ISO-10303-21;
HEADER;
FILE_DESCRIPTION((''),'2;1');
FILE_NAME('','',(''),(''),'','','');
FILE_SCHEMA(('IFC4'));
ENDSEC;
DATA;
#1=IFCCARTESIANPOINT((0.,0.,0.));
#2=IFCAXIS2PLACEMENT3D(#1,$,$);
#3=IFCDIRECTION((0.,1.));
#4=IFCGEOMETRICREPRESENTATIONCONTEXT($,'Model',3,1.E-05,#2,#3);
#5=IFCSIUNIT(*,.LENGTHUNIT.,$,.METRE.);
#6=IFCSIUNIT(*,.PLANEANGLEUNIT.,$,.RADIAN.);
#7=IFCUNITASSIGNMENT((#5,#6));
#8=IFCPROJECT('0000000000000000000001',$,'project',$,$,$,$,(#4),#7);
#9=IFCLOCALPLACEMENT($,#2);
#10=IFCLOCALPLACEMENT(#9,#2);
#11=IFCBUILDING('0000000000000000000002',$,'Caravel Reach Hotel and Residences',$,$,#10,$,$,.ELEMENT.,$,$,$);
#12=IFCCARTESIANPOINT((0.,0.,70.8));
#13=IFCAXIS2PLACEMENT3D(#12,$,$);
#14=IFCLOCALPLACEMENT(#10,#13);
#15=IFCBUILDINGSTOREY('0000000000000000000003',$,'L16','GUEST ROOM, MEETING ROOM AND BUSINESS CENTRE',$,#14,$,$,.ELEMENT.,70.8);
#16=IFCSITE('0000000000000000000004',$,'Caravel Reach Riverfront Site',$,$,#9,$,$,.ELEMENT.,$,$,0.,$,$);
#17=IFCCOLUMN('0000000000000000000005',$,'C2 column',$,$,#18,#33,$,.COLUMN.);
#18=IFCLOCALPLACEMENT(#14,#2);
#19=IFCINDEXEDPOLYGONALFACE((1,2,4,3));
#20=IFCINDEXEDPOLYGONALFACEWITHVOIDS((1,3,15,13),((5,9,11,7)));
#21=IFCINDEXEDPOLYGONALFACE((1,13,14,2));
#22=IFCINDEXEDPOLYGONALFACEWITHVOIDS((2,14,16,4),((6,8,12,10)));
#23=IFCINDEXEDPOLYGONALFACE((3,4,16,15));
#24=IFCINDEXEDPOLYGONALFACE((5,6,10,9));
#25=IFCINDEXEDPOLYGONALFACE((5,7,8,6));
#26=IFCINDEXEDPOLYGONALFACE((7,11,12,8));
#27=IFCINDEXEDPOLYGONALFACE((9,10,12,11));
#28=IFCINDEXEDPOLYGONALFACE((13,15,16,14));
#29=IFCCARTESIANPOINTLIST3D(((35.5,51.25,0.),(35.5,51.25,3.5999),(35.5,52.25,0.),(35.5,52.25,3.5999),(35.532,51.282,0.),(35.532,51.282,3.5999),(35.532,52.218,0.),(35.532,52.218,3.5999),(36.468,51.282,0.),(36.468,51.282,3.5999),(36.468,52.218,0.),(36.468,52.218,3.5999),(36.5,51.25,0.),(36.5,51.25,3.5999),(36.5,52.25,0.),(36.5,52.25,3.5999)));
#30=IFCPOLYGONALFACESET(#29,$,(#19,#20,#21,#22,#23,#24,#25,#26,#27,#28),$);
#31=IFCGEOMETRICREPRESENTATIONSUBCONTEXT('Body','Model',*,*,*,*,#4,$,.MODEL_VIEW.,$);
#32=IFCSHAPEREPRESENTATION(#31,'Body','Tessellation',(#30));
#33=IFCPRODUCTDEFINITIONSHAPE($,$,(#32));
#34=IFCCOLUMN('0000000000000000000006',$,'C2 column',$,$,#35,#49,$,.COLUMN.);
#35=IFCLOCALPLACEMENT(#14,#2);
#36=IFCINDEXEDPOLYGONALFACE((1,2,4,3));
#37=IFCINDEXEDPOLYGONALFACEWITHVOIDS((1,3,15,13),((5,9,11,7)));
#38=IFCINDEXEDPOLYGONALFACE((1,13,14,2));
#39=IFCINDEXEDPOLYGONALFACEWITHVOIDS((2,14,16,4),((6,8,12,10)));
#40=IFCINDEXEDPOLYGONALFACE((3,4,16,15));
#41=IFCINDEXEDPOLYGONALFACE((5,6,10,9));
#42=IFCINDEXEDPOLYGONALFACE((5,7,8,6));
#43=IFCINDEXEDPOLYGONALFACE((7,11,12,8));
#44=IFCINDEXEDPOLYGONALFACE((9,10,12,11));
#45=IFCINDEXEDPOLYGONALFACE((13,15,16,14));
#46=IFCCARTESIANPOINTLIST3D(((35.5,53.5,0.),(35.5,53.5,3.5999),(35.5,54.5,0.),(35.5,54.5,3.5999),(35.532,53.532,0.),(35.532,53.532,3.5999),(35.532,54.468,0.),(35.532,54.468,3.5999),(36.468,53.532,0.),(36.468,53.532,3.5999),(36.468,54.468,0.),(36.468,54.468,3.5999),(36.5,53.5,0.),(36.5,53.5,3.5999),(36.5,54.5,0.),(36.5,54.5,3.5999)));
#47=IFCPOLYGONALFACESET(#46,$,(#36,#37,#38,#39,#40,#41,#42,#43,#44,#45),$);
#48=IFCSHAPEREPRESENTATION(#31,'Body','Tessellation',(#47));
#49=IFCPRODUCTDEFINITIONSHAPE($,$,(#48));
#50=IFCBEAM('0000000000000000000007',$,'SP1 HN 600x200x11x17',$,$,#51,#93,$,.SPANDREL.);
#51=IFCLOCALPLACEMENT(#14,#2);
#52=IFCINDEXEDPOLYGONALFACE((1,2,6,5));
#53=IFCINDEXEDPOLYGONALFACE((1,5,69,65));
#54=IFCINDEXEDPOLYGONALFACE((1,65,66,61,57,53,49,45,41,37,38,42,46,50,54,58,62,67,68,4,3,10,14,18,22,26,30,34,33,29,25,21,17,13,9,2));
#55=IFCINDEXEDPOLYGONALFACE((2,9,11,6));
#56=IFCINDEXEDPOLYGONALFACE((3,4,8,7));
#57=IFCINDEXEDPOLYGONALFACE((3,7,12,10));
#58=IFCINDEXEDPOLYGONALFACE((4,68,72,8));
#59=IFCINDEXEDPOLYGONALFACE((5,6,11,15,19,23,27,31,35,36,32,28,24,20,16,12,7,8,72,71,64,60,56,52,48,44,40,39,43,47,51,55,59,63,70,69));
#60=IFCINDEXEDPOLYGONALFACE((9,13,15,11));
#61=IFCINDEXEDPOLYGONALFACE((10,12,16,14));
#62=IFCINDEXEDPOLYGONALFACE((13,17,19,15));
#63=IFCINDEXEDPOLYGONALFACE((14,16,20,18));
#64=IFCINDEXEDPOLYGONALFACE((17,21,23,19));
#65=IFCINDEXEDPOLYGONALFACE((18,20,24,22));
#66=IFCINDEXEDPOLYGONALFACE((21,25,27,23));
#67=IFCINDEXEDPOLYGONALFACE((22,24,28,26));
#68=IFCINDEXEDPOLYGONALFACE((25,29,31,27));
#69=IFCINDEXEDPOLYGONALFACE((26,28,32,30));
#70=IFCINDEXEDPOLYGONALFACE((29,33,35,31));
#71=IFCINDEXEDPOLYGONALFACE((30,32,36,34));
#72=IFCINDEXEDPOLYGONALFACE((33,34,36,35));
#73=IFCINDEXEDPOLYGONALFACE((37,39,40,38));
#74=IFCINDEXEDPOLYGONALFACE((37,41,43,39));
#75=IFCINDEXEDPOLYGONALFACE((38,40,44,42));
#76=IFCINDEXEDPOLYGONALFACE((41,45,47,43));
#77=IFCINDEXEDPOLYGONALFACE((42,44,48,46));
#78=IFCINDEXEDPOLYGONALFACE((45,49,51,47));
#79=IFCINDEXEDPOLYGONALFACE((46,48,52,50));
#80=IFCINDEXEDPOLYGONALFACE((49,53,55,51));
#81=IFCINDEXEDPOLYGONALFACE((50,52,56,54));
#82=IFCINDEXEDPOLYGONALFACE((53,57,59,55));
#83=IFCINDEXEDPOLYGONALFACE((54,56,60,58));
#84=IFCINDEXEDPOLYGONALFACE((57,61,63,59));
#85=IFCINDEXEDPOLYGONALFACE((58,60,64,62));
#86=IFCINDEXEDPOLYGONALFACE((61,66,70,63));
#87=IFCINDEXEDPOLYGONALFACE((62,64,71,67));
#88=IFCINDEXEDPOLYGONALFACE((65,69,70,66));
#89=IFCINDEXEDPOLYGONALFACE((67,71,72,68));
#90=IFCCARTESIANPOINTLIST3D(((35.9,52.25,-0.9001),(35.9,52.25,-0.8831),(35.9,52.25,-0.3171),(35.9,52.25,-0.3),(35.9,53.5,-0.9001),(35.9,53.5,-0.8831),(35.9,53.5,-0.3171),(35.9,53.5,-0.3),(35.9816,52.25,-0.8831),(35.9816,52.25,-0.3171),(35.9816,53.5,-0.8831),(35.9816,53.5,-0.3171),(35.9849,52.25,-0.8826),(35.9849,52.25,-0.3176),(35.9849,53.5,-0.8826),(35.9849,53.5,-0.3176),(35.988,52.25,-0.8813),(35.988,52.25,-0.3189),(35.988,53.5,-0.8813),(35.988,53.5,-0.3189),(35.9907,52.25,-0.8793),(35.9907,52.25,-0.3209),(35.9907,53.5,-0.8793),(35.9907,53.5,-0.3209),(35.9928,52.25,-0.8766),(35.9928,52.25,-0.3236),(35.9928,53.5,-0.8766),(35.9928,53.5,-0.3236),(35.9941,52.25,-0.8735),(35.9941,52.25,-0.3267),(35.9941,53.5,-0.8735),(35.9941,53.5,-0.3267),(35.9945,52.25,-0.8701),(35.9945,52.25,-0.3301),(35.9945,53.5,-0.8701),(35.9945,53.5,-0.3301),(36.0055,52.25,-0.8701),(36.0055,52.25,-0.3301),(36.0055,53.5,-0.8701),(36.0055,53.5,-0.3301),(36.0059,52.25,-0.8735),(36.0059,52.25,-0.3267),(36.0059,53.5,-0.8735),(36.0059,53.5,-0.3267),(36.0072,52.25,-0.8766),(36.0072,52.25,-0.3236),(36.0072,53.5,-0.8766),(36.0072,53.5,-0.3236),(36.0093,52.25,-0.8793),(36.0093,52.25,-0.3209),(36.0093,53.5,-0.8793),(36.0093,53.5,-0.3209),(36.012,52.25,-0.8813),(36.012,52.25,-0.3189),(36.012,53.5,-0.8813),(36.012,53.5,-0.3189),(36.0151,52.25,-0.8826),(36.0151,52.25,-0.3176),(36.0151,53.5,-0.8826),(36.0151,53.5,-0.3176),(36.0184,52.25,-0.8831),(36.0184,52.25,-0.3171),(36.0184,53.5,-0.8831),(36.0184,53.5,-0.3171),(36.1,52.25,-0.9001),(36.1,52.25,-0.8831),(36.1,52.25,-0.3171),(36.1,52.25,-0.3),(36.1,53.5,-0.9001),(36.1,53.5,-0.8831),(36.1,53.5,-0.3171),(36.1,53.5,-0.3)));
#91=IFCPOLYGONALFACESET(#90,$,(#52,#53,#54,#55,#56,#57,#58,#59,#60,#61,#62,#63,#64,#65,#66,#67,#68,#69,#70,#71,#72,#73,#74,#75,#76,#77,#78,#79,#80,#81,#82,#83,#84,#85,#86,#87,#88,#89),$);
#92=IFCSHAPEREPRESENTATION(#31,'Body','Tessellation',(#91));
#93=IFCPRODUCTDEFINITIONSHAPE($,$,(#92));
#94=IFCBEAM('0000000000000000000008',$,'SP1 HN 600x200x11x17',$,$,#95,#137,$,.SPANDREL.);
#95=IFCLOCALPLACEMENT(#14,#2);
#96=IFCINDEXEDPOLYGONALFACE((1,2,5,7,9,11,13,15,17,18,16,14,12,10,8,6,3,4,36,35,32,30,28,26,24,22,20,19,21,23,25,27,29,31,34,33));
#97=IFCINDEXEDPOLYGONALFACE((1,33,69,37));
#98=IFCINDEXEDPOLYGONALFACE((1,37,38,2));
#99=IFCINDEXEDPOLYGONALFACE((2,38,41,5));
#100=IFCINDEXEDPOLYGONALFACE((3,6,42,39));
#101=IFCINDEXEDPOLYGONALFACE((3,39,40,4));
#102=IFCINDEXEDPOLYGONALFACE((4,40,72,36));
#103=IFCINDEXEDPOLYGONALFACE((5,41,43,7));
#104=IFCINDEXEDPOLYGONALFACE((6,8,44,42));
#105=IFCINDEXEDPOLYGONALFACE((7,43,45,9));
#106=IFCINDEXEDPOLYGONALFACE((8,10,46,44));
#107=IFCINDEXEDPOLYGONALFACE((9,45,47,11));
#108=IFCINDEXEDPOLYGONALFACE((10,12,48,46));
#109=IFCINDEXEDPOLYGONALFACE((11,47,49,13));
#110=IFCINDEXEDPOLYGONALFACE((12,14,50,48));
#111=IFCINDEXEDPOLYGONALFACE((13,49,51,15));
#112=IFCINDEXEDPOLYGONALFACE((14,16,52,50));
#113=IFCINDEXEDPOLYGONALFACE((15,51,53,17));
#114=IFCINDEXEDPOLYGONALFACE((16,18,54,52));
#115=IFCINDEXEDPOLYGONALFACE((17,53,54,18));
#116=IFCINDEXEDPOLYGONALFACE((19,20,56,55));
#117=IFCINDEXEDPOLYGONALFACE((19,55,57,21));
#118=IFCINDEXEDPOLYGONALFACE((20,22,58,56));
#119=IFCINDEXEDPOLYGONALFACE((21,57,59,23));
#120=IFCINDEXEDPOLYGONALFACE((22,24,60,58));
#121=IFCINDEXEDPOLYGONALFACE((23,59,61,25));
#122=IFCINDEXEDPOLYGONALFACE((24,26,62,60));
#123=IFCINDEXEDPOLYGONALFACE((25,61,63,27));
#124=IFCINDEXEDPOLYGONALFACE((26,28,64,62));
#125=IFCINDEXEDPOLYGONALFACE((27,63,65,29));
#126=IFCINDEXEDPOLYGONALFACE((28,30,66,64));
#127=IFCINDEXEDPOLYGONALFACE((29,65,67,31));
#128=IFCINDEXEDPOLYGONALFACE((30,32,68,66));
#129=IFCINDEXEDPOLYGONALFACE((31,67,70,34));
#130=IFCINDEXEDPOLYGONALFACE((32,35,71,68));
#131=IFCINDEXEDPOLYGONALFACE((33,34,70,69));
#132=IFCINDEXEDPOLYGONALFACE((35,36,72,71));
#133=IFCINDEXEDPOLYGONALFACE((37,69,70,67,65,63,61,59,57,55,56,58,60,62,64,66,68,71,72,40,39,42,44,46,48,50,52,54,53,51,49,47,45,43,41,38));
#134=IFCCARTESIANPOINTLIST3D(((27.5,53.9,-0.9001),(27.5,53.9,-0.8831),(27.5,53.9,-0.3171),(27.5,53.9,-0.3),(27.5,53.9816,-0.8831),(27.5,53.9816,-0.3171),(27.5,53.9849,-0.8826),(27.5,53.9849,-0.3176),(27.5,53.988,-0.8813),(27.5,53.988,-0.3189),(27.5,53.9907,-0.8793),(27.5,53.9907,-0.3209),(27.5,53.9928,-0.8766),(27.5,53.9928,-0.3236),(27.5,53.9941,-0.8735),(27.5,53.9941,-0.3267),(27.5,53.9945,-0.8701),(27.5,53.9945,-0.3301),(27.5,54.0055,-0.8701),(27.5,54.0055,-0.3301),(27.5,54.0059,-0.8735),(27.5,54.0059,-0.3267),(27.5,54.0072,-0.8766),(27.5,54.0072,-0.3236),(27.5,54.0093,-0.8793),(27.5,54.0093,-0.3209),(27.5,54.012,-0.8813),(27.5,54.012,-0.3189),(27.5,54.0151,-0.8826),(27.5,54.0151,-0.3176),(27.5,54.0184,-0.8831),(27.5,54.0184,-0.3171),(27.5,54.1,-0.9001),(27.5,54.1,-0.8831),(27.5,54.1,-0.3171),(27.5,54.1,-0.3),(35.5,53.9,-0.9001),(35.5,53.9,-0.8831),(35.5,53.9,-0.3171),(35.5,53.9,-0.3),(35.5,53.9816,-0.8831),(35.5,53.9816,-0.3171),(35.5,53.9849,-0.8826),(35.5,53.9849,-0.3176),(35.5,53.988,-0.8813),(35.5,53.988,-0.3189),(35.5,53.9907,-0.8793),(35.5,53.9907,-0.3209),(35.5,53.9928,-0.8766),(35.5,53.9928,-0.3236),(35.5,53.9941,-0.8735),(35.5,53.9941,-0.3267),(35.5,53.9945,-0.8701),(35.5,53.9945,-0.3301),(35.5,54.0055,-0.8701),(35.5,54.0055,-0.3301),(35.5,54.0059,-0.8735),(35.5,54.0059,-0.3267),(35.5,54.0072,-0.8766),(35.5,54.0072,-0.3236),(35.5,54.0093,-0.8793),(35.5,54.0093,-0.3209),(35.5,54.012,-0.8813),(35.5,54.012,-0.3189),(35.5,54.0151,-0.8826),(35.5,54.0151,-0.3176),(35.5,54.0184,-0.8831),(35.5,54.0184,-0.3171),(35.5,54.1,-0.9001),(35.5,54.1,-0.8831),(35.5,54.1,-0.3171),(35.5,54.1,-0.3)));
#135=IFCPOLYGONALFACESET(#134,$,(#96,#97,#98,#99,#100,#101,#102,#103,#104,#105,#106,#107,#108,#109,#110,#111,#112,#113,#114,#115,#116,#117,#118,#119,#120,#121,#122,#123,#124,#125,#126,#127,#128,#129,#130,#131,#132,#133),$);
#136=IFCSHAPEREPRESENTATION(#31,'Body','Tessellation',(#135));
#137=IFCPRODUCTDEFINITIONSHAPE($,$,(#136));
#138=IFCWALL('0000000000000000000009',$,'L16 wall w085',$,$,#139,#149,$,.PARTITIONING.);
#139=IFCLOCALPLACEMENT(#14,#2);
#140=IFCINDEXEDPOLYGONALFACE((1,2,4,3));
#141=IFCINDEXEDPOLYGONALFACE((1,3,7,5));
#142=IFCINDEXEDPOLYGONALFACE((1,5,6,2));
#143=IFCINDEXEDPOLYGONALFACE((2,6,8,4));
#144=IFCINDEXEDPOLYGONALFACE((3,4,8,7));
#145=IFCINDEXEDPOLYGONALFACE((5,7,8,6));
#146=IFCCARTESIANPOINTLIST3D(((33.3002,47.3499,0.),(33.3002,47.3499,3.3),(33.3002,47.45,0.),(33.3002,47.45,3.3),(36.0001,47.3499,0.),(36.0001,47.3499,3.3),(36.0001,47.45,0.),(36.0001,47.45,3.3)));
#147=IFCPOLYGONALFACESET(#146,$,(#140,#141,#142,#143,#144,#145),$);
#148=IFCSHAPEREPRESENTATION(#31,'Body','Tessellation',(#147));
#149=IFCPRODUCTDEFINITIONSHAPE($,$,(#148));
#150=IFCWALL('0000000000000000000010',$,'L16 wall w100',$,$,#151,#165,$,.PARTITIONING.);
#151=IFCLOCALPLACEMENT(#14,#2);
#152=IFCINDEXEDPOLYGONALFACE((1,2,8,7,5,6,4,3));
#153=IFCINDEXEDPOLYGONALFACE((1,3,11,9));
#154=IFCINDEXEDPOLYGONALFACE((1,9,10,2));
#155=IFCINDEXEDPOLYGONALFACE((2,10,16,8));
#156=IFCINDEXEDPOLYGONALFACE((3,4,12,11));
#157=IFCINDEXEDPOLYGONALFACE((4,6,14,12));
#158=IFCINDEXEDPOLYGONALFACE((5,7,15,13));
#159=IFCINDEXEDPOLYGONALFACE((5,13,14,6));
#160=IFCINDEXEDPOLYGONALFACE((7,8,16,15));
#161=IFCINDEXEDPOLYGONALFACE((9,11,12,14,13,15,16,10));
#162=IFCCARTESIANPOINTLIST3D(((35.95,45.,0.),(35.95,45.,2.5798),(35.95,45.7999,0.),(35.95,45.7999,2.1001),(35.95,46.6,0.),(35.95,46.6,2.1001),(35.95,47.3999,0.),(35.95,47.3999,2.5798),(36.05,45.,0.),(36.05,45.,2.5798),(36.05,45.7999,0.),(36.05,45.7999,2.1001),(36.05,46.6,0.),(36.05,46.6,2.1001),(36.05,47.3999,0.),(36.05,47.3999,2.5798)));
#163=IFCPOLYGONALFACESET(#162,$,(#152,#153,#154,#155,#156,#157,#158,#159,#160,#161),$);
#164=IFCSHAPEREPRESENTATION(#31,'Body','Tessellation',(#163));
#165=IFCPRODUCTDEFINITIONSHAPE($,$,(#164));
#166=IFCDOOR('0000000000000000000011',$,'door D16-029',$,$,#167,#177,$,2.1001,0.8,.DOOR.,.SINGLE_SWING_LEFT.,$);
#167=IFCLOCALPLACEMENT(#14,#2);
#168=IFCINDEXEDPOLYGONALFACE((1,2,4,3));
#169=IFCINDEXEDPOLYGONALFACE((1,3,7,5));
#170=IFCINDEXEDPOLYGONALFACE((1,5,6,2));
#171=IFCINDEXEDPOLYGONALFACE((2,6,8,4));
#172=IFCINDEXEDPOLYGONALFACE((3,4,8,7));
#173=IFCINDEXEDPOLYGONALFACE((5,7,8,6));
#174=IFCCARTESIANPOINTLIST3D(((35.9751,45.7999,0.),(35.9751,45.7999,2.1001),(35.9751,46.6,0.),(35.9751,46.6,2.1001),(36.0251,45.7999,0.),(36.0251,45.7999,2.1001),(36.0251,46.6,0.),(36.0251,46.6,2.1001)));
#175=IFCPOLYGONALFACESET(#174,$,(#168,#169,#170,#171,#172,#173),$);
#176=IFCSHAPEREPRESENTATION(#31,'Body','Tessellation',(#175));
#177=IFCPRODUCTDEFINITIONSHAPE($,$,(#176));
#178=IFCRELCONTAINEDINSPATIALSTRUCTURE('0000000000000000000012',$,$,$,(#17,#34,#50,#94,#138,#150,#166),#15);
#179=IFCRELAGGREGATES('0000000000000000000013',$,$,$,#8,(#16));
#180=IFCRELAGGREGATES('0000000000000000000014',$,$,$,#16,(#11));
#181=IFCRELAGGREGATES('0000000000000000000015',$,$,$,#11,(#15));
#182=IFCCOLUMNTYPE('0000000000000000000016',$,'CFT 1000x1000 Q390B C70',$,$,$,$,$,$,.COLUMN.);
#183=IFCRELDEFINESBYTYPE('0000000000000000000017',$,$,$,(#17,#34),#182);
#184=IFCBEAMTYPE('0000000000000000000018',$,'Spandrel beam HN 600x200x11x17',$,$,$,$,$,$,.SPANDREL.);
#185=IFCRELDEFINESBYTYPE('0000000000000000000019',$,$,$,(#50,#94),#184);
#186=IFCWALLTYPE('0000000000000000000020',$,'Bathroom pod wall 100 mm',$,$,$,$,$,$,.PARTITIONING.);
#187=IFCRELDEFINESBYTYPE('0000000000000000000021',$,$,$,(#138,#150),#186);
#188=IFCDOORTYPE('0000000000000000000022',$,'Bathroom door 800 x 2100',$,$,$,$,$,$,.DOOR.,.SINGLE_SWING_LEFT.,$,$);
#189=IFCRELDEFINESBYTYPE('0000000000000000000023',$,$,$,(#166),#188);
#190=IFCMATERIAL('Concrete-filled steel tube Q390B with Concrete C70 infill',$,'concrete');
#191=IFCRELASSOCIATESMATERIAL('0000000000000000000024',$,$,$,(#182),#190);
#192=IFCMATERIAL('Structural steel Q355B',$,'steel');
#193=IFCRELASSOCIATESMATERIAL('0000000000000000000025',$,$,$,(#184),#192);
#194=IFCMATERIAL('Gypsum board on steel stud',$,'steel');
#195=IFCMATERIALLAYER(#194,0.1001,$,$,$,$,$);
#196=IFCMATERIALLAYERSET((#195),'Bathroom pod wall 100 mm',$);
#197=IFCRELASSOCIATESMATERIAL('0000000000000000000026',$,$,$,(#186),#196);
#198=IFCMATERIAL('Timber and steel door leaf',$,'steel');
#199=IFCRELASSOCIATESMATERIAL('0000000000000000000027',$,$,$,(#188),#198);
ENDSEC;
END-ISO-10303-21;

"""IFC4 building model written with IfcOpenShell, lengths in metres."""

from ifc_helpers import new_model, si_unit, direction, frame, frame_2d, origin, origin_2d, place, context, subcontext, project, spatial, rectangle, hollow_rectangle, i_section, extrude, material, layer, layer_set, material_profile, profile_set, type_object, element, fill, save


model = new_model("IFC4")

# Units and contexts
model_context = context("Model", 3, precision=1e-05, world=origin(), true_north=direction((0.0, 1.0)))
body_context = subcontext(model_context, "Body", "Model", "MODEL_VIEW")
ifc_project = project(units=[si_unit("LENGTHUNIT", "METRE"), si_unit("PLANEANGLEUNIT", "RADIAN")], contexts=[model_context])

# Site, building, storey
site_placement = place(None, origin())
site = spatial("IfcSite", under=ifc_project, at=site_placement, Name="Caravel Reach Riverfront Site", CompositionType="ELEMENT", RefElevation=0.0)
building_placement = place(site_placement, origin())
building = spatial("IfcBuilding", under=site, at=building_placement, Name="Caravel Reach Hotel and Residences", CompositionType="ELEMENT")
storey_placement = place(building_placement, frame((0.0, 0.0, 70.8)))
storey = spatial("IfcBuildingStorey", under=building, at=storey_placement, Name="L16", Description="GUEST ROOM, MEETING ROOM AND BUSINESS CENTRE", CompositionType="ELEMENT", Elevation=70.8)

# Columns
ifc_material_1 = material(Name="Concrete-filled steel tube Q390B with Concrete C70 infill", Category="concrete")
ifc_material_profile_1 = material_profile(ifc_material_1, hollow_rectangle(XDim=1.0, YDim=1.0, WallThickness=0.032, at=origin_2d()), Name="RHS 1000x1000x32")
ifc_profile_set_1 = profile_set([ifc_material_profile_1], Name="Concrete-filled steel tube Q390B with Concrete C70 infill")
column_type = type_object("IfcColumnType", Name="CFT 1000x1000 Q390B C70", PredefinedType="COLUMN", material=ifc_profile_set_1)
for number, where, z_axis, x_axis, name in (
    (1, (36.0, 51.75, 0.0), (0.0, 0.0, 1.0), (1.0, 0.0, 0.0), "C2 column"),
    (2, (36.0, 54.0, 0.0), (0.0, 0.0, 1.0), (1.0, 0.0, 0.0), "C2 column"),
):
    element("IfcColumn", number, at=place(storey_placement, frame(where, z_axis=z_axis, x_axis=x_axis)), inside=storey, type_object=column_type, Name=name, PredefinedType="COLUMN", context=body_context, shape_type="SweptSolid", body=[
        extrude(hollow_rectangle(XDim=1.0, YDim=1.0, WallThickness=0.032, at=origin_2d()), origin(), (0.0, 0.0, 1.0), 3.5999),
    ])

# Beams
ifc_material_2 = material(Name="Structural steel Q355B", Category="steel")
ifc_material_profile_2 = material_profile(ifc_material_2, i_section(OverallWidth=0.2, OverallDepth=0.6001, WebThickness=0.011, FlangeThickness=0.0171, FilletRadius=0.0129, at=origin_2d()), Name="HN 600x200x11x17")
ifc_profile_set_2 = profile_set([ifc_material_profile_2], Name="Structural steel Q355B")
beam_type = type_object("IfcBeamType", Name="Spandrel beam HN 600x200x11x17", PredefinedType="SPANDREL", material=ifc_profile_set_2)
beam_1_placement = place(storey_placement, frame((36.0, 52.25, -0.6001), z_axis=(0.0, 1.0, 0.0), x_axis=(-1.0, 0.0, 0.0)))
element("IfcBeam", 3, at=beam_1_placement, inside=storey, type_object=beam_type, Name="SP1 HN 600x200x11x17", PredefinedType="SPANDREL", context=body_context, shape_type="SweptSolid", body=[
    extrude(i_section(OverallWidth=0.2, OverallDepth=0.6001, WebThickness=0.011, FlangeThickness=0.0171, FilletRadius=0.0129, at=origin_2d()), origin(), (0.0, 0.0, 1.0), 1.25),
])
beam_2_placement = place(storey_placement, frame((35.5, 54.0, -0.6001), z_axis=(-1.0, 0.0, 0.0), x_axis=(0.0, -1.0, 0.0)))
element("IfcBeam", 4, at=beam_2_placement, inside=storey, type_object=beam_type, Name="SP1 HN 600x200x11x17", PredefinedType="SPANDREL", context=body_context, shape_type="SweptSolid", body=[
    extrude(i_section(OverallWidth=0.2, OverallDepth=0.6001, WebThickness=0.011, FlangeThickness=0.0171, FilletRadius=0.0129, at=origin_2d()), origin(), (0.0, 0.0, 1.0), 8.0),
])

# Wall
ifc_material_3 = material(Name="Gypsum board on steel stud", Category="steel")
ifc_layer_1 = layer(ifc_material_3, 0.1001)
ifc_layer_set_1 = layer_set([ifc_layer_1], Name="Bathroom pod wall 100 mm")
wall_type_1 = type_object("IfcWallType", Name="Bathroom pod wall 100 mm", PredefinedType="PARTITIONING", material=ifc_layer_set_1)
wall_1_placement = place(storey_placement, frame((33.3, 47.3999, 0.0), z_axis=(0.0, 0.0, 1.0), x_axis=(1.0, 0.0, 0.0)))
element("IfcWall", 5, at=wall_1_placement, inside=storey, type_object=wall_type_1, Name="L16 wall w085", PredefinedType="PARTITIONING", context=body_context, shape_type="SweptSolid", body=[
    extrude(rectangle(XDim=2.7, YDim=0.1001, at=frame_2d((1.3501, 0.0))), origin(), (0.0, 0.0, 1.0), 3.3),
])

# Wall, opening, door
wall_2_placement = place(storey_placement, frame((36.0, 45.0, 0.0), z_axis=(0.0, 0.0, 1.0), x_axis=(0.0, 1.0, 0.0)))
wall_2 = element("IfcWall", 6, at=wall_2_placement, inside=storey, type_object=wall_type_1, Name="L16 wall w100", PredefinedType="PARTITIONING", context=body_context, shape_type="SweptSolid", body=[
    extrude(rectangle(XDim=2.3999, YDim=0.1001, at=frame_2d((1.2, 0.0))), origin(), (0.0, 0.0, 1.0), 2.5798),
])
opening_1_placement = place(wall_2_placement, frame((0.8, 0.0, 0.0)))
opening_1 = element("IfcOpeningElement", 7, at=opening_1_placement, cuts=wall_2, PredefinedType="OPENING", context=body_context, shape_type="SweptSolid", body=[
    extrude(rectangle(XDim=0.8, YDim=2.1001, at=frame_2d((0.3999, 1.05))), frame((0.0, 0.0601, 0.0), z_axis=(0.0, -1.0, 0.0), x_axis=(1.0, 0.0, 0.0)), (0.0, 0.0, 1.0), 0.1201),
])
ifc_material_4 = material(Name="Timber and steel door leaf", Category="steel")
door_type_1 = type_object("IfcDoorType", Name="Bathroom door 800 x 2100", OperationType="SINGLE_SWING_LEFT", PredefinedType="DOOR", material=ifc_material_4)
door_1_placement = place(opening_1_placement, origin())
door_1 = element("IfcDoor", 8, at=door_1_placement, inside=storey, type_object=door_type_1, Name="door D16-029", OperationType="SINGLE_SWING_LEFT", OverallHeight=2.1001, OverallWidth=0.8, PredefinedType="DOOR", context=body_context, shape_type="SweptSolid", body=[
    extrude(rectangle(XDim=0.8, YDim=2.1001, at=frame_2d((0.3999, 1.05))), frame((0.0, 0.0249, 0.0), z_axis=(0.0, -1.0, 0.0), x_axis=(1.0, 0.0, 0.0)), (0.0, 0.0, 1.0), 0.05),
])
fill(opening_1, door_1)

save(model, "model.ifc")
